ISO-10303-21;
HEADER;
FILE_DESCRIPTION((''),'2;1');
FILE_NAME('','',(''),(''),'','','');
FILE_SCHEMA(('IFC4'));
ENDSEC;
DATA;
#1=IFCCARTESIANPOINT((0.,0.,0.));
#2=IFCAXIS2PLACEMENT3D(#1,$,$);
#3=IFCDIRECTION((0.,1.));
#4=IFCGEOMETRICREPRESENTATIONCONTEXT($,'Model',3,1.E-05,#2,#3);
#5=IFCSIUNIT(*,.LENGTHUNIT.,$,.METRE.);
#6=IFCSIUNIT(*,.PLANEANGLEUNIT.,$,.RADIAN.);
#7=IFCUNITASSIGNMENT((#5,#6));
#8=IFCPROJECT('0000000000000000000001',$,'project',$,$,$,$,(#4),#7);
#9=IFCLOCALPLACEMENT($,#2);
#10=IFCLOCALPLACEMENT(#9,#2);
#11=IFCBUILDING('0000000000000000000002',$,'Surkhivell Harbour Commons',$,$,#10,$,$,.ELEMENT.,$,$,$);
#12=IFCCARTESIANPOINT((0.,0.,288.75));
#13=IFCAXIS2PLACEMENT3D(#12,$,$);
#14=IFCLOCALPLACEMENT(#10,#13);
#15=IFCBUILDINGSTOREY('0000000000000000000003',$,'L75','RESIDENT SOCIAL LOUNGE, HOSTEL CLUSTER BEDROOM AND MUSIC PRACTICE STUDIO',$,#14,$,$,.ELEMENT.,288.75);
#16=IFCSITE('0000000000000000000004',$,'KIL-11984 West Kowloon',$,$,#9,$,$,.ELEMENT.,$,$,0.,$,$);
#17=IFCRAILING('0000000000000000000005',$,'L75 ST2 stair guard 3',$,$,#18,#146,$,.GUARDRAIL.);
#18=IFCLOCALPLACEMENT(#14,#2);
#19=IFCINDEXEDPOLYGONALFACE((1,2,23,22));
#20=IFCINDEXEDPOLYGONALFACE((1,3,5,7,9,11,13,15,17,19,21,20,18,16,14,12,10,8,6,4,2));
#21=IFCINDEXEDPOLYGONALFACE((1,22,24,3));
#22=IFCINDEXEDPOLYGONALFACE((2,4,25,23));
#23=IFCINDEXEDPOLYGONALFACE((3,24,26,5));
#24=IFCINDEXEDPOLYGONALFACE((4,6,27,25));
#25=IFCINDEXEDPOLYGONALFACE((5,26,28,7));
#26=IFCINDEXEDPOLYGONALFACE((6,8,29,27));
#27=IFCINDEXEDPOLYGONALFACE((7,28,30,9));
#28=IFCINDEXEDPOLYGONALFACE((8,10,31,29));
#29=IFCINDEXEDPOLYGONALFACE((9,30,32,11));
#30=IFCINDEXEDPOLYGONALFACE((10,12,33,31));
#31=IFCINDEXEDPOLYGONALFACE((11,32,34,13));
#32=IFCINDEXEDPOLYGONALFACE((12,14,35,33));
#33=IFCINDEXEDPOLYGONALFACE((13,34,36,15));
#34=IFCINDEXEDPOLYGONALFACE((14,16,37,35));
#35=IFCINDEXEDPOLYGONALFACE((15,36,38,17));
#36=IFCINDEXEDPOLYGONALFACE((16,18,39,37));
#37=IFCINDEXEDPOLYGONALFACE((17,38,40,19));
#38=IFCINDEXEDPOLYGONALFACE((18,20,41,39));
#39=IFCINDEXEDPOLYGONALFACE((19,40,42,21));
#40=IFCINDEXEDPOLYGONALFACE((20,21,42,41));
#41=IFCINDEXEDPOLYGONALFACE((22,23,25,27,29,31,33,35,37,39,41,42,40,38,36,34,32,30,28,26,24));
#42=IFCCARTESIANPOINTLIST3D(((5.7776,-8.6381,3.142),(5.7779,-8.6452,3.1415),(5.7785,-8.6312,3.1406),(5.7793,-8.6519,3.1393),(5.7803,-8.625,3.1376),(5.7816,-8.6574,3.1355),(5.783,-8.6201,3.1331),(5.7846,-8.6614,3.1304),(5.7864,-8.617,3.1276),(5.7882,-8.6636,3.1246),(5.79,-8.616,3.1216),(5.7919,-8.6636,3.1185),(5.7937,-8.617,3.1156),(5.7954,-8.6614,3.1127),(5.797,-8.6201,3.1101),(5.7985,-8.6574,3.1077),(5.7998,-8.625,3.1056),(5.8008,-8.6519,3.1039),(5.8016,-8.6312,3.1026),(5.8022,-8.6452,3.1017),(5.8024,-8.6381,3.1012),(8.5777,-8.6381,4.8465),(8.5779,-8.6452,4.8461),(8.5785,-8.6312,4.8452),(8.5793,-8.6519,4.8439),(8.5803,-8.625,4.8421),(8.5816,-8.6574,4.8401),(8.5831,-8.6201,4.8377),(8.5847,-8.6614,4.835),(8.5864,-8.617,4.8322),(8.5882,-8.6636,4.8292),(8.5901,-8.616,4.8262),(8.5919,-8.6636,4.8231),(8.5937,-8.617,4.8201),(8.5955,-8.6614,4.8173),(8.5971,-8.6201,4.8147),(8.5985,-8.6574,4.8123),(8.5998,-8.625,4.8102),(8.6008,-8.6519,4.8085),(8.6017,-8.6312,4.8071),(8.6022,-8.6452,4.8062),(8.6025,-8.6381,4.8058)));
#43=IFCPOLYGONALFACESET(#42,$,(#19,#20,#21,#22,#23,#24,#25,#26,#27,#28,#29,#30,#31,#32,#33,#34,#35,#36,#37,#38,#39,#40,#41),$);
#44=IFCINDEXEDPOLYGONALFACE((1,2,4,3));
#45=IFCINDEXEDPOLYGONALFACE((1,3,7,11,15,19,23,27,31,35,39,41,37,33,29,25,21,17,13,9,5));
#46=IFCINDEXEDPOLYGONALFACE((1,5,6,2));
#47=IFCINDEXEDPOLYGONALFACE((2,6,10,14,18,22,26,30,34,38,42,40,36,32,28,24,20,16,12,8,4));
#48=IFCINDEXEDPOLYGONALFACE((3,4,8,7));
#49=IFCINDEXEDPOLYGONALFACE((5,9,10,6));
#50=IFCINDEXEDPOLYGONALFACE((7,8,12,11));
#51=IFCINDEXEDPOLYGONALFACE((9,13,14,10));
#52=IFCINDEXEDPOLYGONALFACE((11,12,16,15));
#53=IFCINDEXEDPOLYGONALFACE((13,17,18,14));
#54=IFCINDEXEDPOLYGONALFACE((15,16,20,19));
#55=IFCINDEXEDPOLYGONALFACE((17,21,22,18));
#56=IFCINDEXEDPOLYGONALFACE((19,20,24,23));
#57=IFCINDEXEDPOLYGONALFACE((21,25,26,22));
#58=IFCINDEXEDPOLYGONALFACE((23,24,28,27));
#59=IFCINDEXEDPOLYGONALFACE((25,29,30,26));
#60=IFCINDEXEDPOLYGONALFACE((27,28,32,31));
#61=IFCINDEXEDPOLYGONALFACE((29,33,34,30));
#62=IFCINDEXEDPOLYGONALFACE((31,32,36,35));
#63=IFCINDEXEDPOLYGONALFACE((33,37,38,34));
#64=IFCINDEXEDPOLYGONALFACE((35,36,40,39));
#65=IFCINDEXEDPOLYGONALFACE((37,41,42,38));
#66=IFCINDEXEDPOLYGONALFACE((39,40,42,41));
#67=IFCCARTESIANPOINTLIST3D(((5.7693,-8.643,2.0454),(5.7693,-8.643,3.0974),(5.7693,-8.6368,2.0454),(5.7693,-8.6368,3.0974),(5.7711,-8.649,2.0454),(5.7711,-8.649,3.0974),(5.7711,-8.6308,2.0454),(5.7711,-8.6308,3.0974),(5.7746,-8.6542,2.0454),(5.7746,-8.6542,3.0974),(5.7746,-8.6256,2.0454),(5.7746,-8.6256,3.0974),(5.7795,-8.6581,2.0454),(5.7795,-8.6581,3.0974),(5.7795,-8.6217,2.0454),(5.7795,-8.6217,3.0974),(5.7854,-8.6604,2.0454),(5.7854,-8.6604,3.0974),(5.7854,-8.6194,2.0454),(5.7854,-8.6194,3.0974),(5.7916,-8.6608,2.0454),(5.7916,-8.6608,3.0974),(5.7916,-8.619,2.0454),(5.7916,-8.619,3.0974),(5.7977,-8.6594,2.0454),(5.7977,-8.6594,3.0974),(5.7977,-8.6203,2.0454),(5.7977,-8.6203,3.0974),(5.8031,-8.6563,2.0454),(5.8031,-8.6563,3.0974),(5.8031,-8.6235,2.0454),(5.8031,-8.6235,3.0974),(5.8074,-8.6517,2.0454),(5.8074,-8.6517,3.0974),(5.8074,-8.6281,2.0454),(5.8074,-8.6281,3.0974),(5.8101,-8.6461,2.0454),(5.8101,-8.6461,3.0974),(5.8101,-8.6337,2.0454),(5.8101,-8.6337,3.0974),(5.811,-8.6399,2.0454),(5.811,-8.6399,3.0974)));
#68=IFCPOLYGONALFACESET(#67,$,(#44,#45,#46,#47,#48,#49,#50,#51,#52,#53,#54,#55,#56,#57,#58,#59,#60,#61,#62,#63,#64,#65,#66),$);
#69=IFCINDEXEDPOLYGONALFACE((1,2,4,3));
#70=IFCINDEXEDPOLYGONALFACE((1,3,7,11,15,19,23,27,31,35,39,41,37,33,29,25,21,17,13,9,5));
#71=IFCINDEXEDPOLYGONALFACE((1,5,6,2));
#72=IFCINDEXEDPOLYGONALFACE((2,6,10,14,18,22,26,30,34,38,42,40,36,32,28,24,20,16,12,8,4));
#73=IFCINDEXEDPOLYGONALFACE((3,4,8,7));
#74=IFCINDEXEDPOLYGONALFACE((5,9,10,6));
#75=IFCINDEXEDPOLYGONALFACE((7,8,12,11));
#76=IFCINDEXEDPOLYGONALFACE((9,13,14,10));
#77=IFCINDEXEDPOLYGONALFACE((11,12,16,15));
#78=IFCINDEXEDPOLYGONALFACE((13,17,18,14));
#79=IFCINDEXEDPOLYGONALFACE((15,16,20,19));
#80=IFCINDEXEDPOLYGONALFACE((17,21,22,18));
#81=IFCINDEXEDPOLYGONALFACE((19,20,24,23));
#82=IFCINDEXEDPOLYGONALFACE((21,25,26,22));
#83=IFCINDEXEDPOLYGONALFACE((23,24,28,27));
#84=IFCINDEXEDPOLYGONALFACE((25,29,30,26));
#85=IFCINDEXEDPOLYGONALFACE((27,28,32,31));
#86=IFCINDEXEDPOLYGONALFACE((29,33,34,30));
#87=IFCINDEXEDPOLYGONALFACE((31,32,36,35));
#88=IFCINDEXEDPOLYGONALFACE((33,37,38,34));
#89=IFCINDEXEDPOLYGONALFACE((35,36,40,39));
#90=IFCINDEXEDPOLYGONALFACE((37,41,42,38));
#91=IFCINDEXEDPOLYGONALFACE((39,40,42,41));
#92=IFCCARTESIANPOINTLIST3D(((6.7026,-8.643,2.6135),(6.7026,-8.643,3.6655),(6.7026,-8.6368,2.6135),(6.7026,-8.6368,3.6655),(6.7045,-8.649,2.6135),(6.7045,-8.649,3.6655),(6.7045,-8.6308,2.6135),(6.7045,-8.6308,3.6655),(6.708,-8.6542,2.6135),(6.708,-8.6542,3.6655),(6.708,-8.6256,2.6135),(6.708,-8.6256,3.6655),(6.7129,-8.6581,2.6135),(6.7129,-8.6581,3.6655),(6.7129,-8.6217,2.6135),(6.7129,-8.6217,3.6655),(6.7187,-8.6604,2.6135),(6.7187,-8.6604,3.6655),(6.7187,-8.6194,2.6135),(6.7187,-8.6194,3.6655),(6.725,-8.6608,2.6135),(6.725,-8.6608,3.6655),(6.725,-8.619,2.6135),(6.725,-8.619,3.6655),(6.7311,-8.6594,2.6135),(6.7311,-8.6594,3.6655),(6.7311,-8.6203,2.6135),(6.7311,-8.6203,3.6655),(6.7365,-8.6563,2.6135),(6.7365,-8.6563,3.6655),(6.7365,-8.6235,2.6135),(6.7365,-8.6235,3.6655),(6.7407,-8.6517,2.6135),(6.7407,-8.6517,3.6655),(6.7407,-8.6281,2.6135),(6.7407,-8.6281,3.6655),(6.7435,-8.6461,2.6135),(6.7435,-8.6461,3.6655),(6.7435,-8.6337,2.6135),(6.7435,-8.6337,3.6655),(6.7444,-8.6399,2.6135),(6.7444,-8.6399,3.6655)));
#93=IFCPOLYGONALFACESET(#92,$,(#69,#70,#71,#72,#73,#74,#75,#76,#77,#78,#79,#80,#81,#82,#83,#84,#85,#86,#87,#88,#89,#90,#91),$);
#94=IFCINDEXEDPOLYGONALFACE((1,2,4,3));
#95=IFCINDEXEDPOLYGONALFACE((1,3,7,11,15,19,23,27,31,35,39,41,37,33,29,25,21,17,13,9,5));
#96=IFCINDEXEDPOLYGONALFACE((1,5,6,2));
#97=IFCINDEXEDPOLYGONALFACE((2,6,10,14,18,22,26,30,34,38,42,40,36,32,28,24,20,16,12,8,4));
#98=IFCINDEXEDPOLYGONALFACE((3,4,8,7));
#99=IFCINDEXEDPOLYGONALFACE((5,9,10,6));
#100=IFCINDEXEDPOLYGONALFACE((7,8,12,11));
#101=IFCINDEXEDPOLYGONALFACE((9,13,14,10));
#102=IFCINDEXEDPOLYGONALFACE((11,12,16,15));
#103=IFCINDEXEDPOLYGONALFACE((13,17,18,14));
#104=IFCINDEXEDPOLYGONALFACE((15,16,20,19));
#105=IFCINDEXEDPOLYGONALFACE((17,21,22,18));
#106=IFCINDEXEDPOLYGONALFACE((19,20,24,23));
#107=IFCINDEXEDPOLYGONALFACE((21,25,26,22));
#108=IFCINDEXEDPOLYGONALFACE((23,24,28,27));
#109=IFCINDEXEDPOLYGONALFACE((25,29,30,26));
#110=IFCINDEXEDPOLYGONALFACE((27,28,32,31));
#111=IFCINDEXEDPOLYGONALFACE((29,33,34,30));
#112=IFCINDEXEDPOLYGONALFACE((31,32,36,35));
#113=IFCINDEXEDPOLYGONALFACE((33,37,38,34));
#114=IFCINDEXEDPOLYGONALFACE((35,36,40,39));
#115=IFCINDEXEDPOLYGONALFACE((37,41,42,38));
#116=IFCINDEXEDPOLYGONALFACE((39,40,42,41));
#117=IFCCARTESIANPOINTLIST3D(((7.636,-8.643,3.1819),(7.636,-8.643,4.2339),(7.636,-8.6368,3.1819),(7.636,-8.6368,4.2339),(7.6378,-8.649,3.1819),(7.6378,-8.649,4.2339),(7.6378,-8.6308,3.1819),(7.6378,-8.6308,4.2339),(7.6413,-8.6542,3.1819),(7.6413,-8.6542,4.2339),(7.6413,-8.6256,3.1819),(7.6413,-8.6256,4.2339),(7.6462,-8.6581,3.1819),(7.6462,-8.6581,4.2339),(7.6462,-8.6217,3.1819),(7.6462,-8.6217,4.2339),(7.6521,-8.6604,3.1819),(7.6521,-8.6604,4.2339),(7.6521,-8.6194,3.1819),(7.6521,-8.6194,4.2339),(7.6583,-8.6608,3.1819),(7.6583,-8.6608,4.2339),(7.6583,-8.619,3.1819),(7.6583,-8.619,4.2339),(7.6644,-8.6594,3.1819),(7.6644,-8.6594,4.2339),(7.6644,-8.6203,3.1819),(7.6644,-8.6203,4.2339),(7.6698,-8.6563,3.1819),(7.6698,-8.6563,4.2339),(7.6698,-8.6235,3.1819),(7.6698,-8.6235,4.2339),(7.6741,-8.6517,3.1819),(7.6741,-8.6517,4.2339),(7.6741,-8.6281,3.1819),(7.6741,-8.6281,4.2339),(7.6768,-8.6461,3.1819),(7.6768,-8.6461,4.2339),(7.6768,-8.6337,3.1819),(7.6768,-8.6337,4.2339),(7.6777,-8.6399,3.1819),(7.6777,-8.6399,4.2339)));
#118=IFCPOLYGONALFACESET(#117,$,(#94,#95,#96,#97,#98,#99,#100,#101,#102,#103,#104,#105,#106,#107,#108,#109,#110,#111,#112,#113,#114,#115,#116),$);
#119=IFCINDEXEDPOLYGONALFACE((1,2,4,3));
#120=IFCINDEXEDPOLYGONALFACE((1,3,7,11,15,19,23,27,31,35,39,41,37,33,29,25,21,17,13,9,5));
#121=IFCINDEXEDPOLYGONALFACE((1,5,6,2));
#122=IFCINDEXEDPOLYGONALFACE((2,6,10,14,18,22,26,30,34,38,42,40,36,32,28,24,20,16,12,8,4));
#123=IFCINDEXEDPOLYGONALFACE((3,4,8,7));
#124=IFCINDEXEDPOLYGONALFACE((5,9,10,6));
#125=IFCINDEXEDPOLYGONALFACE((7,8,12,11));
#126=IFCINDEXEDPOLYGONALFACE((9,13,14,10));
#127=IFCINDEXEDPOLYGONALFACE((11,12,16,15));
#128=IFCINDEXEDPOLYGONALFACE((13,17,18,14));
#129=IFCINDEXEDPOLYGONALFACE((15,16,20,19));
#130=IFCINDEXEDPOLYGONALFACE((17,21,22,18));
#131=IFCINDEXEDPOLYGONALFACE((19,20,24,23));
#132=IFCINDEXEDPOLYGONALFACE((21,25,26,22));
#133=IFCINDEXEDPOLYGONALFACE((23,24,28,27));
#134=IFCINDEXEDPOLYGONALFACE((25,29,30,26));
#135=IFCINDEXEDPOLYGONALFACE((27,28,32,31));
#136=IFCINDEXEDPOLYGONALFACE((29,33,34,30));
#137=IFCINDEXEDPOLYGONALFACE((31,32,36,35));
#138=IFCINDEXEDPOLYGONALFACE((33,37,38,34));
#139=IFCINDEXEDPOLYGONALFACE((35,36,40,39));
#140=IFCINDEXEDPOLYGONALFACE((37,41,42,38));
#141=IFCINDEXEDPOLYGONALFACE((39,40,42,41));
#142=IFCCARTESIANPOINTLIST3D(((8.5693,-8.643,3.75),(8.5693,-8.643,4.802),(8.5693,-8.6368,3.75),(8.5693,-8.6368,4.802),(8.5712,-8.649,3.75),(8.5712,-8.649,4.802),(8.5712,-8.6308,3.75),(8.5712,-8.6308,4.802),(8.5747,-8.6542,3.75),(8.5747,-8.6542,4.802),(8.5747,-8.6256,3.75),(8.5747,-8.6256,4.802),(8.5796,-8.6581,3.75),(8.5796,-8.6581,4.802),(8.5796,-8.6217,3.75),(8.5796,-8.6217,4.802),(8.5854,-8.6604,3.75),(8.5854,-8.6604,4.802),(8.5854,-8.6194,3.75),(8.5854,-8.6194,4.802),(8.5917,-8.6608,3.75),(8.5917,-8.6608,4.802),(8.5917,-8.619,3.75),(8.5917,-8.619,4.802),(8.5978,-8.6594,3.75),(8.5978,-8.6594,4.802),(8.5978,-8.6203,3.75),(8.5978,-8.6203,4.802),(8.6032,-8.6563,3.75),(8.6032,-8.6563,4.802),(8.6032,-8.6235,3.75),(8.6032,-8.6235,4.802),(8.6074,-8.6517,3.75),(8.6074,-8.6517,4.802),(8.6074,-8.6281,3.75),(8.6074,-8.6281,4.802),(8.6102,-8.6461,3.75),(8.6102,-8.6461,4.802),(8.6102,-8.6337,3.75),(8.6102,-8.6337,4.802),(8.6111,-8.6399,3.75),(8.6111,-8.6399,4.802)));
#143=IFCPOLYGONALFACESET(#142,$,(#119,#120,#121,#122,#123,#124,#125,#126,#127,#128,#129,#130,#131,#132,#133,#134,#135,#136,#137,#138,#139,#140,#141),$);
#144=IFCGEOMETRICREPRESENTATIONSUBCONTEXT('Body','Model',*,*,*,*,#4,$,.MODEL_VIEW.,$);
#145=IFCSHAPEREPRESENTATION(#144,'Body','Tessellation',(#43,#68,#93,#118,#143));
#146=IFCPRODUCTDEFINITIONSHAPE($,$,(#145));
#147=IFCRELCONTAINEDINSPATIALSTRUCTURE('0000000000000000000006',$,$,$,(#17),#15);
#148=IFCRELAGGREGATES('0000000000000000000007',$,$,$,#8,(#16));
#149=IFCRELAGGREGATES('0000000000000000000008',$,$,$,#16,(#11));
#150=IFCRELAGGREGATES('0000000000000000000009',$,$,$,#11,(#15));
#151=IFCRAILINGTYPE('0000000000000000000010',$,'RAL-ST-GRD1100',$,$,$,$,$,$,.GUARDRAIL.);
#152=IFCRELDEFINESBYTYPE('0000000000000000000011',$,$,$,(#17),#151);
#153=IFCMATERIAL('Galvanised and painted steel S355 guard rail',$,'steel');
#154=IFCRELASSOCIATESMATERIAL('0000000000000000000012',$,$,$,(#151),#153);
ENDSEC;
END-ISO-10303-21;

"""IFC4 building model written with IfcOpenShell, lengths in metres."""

from ifc_helpers import new_model, si_unit, direction, frame, origin, origin_2d, place, context, subcontext, project, spatial, circle, extrude, material, type_object, element, save


model = new_model("IFC4")

# Units and contexts
model_context = context("Model", 3, precision=1e-05, world=origin(), true_north=direction((0.0, 1.0)))
body_context = subcontext(model_context, "Body", "Model", "MODEL_VIEW")
ifc_project = project(units=[si_unit("LENGTHUNIT", "METRE"), si_unit("PLANEANGLEUNIT", "RADIAN")], contexts=[model_context])

# Site, building, storey
site_placement = place(None, origin())
site = spatial("IfcSite", under=ifc_project, at=site_placement, Name="KIL-11984 West Kowloon", CompositionType="ELEMENT", RefElevation=0.0)
building_placement = place(site_placement, origin())
building = spatial("IfcBuilding", under=site, at=building_placement, Name="Surkhivell Harbour Commons", CompositionType="ELEMENT")
storey_placement = place(building_placement, frame((0.0, 0.0, 288.75)))
storey = spatial("IfcBuildingStorey", under=building, at=storey_placement, Name="L75", Description="RESIDENT SOCIAL LOUNGE, HOSTEL CLUSTER BEDROOM AND MUSIC PRACTICE STUDIO", CompositionType="ELEMENT", Elevation=288.75)

# Railing
ifc_material_1 = material(Name="Galvanised and painted steel S355 guard rail", Category="steel")
railing_type_1 = type_object("IfcRailingType", Name="RAL-ST-GRD1100", PredefinedType="GUARDRAIL", material=ifc_material_1)
railing_1_placement = place(storey_placement, frame((5.79, -8.6399, 2.0454)))
element("IfcRailing", 1, at=railing_1_placement, inside=storey, type_object=railing_type_1, Name="L75 ST2 stair guard 3", PredefinedType="GUARDRAIL", context=body_context, shape_type="SweptSolid", body=[
    extrude(circle(Radius=0.0239, at=origin_2d()), frame((0.0, 0.0, 1.0762), z_axis=(0.85417, 0.0, 0.519994), x_axis=(0.0, 1.0, 0.0)), (0.0, 0.0, 1.0), 3.2781),
    extrude(circle(Radius=0.021, at=origin_2d()), origin(), (0.0, 0.0, 1.0), 1.052),
    extrude(circle(Radius=0.021, at=origin_2d()), frame((0.9333, 0.0, 0.5681)), (0.0, 0.0, 1.0), 1.052),
    extrude(circle(Radius=0.021, at=origin_2d()), frame((1.8667, 0.0, 1.1365)), (0.0, 0.0, 1.0), 1.052),
    extrude(circle(Radius=0.021, at=origin_2d()), frame((2.8, 0.0, 1.7046)), (0.0, 0.0, 1.0), 1.052),
])

save(model, "model.ifc")
